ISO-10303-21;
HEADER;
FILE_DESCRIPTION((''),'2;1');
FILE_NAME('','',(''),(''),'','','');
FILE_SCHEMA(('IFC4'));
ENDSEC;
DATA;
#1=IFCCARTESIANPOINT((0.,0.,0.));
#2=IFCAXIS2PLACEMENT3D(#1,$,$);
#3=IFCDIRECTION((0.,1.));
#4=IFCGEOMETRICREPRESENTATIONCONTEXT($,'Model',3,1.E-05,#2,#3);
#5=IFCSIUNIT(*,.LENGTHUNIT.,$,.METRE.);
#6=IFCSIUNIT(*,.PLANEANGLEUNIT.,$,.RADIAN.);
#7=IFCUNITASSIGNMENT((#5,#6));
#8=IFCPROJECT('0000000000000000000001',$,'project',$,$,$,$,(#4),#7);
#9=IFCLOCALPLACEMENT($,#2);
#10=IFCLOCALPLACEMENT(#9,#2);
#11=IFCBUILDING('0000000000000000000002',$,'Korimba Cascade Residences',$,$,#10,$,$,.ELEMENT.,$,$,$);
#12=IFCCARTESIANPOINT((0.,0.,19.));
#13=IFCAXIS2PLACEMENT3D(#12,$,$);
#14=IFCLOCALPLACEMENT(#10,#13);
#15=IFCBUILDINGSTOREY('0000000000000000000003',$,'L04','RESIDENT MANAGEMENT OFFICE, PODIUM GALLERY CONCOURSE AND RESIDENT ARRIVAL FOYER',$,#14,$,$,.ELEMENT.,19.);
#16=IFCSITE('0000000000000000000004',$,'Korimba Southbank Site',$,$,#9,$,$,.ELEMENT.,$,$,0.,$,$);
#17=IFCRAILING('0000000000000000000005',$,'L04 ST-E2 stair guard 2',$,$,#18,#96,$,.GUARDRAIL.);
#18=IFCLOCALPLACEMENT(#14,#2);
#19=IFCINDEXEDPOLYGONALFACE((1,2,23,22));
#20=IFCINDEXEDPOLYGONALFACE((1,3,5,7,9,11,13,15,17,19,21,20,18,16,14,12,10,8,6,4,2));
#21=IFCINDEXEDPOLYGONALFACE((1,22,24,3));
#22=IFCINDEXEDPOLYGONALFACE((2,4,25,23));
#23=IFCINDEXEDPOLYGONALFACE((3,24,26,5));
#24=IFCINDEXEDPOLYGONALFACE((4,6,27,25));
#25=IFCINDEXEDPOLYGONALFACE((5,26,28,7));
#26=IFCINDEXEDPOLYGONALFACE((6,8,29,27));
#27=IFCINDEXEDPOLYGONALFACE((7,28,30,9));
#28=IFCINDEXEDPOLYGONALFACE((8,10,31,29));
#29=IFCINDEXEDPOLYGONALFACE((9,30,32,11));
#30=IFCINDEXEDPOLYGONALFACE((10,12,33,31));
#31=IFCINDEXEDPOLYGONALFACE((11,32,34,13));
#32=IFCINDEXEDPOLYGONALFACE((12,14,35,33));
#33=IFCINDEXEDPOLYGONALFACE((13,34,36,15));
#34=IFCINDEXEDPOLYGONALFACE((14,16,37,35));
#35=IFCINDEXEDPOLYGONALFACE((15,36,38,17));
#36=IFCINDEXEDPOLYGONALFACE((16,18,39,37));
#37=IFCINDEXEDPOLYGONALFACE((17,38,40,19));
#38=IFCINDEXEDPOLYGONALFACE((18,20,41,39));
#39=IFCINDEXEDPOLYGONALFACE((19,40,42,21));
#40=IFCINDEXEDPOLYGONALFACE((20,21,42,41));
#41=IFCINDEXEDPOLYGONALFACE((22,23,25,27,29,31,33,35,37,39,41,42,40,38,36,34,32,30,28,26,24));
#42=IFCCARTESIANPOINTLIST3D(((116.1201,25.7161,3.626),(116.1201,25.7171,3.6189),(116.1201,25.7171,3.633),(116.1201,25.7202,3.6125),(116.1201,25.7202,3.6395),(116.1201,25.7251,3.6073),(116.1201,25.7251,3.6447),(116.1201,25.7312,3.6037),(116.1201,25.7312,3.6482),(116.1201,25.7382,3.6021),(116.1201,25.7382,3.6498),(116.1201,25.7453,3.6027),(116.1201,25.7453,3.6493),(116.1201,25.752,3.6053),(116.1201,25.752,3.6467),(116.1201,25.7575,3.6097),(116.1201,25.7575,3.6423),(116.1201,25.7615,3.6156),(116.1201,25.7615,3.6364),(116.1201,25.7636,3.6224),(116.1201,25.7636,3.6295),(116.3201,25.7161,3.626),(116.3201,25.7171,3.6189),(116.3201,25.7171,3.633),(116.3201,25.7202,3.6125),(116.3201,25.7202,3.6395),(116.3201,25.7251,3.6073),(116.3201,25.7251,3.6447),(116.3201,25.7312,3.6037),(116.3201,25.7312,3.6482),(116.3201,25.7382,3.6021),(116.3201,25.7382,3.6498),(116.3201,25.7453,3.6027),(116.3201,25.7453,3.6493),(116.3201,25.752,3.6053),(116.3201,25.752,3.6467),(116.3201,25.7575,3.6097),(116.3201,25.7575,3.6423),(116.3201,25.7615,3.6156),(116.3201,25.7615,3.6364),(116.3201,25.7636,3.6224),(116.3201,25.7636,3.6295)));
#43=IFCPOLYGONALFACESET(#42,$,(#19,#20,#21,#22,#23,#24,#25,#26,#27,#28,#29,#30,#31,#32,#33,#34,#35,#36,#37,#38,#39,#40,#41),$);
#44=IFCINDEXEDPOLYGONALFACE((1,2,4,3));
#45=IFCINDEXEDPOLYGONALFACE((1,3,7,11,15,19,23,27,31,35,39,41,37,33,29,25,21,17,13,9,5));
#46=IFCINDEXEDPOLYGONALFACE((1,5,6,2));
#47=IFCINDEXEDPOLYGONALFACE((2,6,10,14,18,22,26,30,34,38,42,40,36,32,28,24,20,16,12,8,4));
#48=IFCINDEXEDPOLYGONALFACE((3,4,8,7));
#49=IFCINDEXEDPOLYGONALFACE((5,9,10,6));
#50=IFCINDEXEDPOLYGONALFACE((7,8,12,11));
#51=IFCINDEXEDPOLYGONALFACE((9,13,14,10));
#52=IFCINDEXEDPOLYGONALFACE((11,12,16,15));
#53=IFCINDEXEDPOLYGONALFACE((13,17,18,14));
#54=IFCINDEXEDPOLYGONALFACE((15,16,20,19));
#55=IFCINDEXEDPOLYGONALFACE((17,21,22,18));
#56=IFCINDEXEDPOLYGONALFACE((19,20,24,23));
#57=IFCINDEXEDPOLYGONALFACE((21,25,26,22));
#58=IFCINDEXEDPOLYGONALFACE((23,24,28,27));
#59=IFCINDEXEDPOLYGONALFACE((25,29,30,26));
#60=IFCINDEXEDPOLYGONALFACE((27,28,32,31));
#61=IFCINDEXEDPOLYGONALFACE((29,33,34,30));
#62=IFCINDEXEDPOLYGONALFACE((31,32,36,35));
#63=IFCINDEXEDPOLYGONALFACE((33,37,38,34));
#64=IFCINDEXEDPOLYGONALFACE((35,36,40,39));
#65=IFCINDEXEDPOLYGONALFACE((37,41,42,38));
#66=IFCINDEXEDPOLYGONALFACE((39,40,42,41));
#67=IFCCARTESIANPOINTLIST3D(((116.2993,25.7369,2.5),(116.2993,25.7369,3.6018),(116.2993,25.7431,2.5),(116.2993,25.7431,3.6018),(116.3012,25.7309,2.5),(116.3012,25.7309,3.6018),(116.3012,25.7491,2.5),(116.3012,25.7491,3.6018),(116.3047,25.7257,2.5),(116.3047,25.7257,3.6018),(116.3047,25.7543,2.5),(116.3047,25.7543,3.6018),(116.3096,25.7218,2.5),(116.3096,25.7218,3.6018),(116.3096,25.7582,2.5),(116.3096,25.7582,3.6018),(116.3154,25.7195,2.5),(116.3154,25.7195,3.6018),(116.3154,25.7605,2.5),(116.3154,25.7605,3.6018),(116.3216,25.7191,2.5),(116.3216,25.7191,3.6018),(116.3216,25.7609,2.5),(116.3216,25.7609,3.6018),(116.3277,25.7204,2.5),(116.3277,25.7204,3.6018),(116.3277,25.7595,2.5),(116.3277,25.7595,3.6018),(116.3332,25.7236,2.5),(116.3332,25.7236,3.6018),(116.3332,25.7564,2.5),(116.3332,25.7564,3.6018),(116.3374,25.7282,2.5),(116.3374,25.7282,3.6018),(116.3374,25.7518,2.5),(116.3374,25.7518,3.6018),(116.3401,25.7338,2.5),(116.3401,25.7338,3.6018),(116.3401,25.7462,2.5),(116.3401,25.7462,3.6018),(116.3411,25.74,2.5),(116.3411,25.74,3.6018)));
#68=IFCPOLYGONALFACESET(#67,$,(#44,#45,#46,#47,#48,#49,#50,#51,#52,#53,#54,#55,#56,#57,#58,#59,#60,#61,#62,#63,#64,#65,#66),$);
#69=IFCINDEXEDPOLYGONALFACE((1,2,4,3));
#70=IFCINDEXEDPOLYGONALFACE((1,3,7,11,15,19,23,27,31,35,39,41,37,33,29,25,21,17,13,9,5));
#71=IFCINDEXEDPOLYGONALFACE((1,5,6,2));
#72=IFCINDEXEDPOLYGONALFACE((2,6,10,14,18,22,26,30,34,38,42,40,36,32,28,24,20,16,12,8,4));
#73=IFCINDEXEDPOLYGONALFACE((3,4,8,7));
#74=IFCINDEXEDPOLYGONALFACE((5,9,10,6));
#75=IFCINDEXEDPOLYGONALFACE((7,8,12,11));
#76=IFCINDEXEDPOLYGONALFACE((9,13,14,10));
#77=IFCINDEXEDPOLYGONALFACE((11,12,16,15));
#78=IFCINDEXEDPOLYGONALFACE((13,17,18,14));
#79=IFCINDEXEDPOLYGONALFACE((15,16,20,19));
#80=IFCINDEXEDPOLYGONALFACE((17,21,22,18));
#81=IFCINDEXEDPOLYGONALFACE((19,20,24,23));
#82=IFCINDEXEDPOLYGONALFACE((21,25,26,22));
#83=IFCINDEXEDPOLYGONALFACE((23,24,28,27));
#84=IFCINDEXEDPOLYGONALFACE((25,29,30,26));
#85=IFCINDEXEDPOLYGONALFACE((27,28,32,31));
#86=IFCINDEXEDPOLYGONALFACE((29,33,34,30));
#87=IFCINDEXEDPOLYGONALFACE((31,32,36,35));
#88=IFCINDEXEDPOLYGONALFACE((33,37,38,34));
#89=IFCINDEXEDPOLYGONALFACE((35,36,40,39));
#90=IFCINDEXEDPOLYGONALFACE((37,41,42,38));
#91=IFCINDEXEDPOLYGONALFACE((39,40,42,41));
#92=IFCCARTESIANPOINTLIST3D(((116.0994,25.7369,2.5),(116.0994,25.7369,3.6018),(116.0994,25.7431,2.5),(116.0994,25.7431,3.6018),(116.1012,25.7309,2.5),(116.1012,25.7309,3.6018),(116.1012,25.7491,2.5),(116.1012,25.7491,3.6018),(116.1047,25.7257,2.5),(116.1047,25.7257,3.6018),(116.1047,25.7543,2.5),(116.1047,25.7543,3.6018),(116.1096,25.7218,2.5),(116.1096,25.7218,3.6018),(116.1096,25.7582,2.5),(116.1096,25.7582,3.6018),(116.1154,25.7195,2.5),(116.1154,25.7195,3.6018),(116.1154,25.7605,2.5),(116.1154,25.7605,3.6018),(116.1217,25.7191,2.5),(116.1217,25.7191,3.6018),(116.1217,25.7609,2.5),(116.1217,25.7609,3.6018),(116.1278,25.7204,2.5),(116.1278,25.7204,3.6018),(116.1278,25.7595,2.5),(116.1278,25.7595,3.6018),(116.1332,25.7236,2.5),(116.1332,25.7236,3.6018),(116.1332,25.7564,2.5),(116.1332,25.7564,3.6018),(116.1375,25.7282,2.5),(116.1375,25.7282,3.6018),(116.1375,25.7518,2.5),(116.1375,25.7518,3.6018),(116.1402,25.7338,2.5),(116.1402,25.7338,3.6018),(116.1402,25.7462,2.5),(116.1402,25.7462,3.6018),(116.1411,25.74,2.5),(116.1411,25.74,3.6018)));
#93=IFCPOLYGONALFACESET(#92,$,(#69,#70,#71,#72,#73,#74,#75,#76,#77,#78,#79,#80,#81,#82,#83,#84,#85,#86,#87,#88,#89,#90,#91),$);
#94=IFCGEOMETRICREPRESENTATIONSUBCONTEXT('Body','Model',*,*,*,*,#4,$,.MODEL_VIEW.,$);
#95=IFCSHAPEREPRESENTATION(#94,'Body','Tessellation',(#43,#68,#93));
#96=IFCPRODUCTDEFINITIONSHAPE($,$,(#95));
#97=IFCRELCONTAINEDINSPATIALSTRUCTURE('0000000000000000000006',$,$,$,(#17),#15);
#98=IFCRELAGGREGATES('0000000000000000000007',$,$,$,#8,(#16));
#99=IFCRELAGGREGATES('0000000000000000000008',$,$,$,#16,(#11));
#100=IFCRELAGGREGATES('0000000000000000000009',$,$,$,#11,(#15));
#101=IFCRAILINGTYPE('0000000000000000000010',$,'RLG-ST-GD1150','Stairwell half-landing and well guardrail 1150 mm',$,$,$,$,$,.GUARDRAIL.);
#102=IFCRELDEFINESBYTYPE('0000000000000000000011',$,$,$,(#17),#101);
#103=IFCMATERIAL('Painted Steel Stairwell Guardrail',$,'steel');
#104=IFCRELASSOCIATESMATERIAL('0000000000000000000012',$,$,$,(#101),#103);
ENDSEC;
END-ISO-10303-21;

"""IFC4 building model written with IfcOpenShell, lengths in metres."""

from ifc_helpers import new_model, si_unit, direction, frame, origin, origin_2d, place, context, subcontext, project, spatial, circle, extrude, material, type_object, element, save


model = new_model("IFC4")

# Units and contexts
model_context = context("Model", 3, precision=1e-05, world=origin(), true_north=direction((0.0, 1.0)))
body_context = subcontext(model_context, "Body", "Model", "MODEL_VIEW")
ifc_project = project(units=[si_unit("LENGTHUNIT", "METRE"), si_unit("PLANEANGLEUNIT", "RADIAN")], contexts=[model_context])

# Site, building, storey
site_placement = place(None, origin())
site = spatial("IfcSite", under=ifc_project, at=site_placement, Name="Korimba Southbank Site", CompositionType="ELEMENT", RefElevation=0.0)
building_placement = place(site_placement, origin())
building = spatial("IfcBuilding", under=site, at=building_placement, Name="Korimba Cascade Residences", CompositionType="ELEMENT")
storey_placement = place(building_placement, frame((0.0, 0.0, 19.0)))
storey = spatial("IfcBuildingStorey", under=building, at=storey_placement, Name="L04", Description="RESIDENT MANAGEMENT OFFICE, PODIUM GALLERY CONCOURSE AND RESIDENT ARRIVAL FOYER", CompositionType="ELEMENT", Elevation=19.0)

# Railing
ifc_material_1 = material(Name="Painted Steel Stairwell Guardrail", Category="steel")
railing_type_1 = type_object("IfcRailingType", Name="RLG-ST-GD1150", Description="Stairwell half-landing and well guardrail 1150 mm", PredefinedType="GUARDRAIL", material=ifc_material_1)
railing_1_placement = place(storey_placement, frame((116.3201, 25.74, 2.5)))
element("IfcRailing", 1, at=railing_1_placement, inside=storey, type_object=railing_type_1, Name="L04 ST-E2 stair guard 2", PredefinedType="GUARDRAIL", context=body_context, shape_type="SweptSolid", body=[
    extrude(circle(Radius=0.0239, at=origin_2d()), frame((0.0, 0.0, 1.126), z_axis=(-1.0, 0.0, 0.0), x_axis=(0.0, -1.0, 0.0)), (0.0, 0.0, 1.0), 0.2),
    extrude(circle(Radius=0.021, at=origin_2d()), origin(), (0.0, 0.0, 1.0), 1.1018),
    extrude(circle(Radius=0.021, at=origin_2d()), frame((-0.2, 0.0, 0.0)), (0.0, 0.0, 1.0), 1.1018),
])

save(model, "model.ifc")
